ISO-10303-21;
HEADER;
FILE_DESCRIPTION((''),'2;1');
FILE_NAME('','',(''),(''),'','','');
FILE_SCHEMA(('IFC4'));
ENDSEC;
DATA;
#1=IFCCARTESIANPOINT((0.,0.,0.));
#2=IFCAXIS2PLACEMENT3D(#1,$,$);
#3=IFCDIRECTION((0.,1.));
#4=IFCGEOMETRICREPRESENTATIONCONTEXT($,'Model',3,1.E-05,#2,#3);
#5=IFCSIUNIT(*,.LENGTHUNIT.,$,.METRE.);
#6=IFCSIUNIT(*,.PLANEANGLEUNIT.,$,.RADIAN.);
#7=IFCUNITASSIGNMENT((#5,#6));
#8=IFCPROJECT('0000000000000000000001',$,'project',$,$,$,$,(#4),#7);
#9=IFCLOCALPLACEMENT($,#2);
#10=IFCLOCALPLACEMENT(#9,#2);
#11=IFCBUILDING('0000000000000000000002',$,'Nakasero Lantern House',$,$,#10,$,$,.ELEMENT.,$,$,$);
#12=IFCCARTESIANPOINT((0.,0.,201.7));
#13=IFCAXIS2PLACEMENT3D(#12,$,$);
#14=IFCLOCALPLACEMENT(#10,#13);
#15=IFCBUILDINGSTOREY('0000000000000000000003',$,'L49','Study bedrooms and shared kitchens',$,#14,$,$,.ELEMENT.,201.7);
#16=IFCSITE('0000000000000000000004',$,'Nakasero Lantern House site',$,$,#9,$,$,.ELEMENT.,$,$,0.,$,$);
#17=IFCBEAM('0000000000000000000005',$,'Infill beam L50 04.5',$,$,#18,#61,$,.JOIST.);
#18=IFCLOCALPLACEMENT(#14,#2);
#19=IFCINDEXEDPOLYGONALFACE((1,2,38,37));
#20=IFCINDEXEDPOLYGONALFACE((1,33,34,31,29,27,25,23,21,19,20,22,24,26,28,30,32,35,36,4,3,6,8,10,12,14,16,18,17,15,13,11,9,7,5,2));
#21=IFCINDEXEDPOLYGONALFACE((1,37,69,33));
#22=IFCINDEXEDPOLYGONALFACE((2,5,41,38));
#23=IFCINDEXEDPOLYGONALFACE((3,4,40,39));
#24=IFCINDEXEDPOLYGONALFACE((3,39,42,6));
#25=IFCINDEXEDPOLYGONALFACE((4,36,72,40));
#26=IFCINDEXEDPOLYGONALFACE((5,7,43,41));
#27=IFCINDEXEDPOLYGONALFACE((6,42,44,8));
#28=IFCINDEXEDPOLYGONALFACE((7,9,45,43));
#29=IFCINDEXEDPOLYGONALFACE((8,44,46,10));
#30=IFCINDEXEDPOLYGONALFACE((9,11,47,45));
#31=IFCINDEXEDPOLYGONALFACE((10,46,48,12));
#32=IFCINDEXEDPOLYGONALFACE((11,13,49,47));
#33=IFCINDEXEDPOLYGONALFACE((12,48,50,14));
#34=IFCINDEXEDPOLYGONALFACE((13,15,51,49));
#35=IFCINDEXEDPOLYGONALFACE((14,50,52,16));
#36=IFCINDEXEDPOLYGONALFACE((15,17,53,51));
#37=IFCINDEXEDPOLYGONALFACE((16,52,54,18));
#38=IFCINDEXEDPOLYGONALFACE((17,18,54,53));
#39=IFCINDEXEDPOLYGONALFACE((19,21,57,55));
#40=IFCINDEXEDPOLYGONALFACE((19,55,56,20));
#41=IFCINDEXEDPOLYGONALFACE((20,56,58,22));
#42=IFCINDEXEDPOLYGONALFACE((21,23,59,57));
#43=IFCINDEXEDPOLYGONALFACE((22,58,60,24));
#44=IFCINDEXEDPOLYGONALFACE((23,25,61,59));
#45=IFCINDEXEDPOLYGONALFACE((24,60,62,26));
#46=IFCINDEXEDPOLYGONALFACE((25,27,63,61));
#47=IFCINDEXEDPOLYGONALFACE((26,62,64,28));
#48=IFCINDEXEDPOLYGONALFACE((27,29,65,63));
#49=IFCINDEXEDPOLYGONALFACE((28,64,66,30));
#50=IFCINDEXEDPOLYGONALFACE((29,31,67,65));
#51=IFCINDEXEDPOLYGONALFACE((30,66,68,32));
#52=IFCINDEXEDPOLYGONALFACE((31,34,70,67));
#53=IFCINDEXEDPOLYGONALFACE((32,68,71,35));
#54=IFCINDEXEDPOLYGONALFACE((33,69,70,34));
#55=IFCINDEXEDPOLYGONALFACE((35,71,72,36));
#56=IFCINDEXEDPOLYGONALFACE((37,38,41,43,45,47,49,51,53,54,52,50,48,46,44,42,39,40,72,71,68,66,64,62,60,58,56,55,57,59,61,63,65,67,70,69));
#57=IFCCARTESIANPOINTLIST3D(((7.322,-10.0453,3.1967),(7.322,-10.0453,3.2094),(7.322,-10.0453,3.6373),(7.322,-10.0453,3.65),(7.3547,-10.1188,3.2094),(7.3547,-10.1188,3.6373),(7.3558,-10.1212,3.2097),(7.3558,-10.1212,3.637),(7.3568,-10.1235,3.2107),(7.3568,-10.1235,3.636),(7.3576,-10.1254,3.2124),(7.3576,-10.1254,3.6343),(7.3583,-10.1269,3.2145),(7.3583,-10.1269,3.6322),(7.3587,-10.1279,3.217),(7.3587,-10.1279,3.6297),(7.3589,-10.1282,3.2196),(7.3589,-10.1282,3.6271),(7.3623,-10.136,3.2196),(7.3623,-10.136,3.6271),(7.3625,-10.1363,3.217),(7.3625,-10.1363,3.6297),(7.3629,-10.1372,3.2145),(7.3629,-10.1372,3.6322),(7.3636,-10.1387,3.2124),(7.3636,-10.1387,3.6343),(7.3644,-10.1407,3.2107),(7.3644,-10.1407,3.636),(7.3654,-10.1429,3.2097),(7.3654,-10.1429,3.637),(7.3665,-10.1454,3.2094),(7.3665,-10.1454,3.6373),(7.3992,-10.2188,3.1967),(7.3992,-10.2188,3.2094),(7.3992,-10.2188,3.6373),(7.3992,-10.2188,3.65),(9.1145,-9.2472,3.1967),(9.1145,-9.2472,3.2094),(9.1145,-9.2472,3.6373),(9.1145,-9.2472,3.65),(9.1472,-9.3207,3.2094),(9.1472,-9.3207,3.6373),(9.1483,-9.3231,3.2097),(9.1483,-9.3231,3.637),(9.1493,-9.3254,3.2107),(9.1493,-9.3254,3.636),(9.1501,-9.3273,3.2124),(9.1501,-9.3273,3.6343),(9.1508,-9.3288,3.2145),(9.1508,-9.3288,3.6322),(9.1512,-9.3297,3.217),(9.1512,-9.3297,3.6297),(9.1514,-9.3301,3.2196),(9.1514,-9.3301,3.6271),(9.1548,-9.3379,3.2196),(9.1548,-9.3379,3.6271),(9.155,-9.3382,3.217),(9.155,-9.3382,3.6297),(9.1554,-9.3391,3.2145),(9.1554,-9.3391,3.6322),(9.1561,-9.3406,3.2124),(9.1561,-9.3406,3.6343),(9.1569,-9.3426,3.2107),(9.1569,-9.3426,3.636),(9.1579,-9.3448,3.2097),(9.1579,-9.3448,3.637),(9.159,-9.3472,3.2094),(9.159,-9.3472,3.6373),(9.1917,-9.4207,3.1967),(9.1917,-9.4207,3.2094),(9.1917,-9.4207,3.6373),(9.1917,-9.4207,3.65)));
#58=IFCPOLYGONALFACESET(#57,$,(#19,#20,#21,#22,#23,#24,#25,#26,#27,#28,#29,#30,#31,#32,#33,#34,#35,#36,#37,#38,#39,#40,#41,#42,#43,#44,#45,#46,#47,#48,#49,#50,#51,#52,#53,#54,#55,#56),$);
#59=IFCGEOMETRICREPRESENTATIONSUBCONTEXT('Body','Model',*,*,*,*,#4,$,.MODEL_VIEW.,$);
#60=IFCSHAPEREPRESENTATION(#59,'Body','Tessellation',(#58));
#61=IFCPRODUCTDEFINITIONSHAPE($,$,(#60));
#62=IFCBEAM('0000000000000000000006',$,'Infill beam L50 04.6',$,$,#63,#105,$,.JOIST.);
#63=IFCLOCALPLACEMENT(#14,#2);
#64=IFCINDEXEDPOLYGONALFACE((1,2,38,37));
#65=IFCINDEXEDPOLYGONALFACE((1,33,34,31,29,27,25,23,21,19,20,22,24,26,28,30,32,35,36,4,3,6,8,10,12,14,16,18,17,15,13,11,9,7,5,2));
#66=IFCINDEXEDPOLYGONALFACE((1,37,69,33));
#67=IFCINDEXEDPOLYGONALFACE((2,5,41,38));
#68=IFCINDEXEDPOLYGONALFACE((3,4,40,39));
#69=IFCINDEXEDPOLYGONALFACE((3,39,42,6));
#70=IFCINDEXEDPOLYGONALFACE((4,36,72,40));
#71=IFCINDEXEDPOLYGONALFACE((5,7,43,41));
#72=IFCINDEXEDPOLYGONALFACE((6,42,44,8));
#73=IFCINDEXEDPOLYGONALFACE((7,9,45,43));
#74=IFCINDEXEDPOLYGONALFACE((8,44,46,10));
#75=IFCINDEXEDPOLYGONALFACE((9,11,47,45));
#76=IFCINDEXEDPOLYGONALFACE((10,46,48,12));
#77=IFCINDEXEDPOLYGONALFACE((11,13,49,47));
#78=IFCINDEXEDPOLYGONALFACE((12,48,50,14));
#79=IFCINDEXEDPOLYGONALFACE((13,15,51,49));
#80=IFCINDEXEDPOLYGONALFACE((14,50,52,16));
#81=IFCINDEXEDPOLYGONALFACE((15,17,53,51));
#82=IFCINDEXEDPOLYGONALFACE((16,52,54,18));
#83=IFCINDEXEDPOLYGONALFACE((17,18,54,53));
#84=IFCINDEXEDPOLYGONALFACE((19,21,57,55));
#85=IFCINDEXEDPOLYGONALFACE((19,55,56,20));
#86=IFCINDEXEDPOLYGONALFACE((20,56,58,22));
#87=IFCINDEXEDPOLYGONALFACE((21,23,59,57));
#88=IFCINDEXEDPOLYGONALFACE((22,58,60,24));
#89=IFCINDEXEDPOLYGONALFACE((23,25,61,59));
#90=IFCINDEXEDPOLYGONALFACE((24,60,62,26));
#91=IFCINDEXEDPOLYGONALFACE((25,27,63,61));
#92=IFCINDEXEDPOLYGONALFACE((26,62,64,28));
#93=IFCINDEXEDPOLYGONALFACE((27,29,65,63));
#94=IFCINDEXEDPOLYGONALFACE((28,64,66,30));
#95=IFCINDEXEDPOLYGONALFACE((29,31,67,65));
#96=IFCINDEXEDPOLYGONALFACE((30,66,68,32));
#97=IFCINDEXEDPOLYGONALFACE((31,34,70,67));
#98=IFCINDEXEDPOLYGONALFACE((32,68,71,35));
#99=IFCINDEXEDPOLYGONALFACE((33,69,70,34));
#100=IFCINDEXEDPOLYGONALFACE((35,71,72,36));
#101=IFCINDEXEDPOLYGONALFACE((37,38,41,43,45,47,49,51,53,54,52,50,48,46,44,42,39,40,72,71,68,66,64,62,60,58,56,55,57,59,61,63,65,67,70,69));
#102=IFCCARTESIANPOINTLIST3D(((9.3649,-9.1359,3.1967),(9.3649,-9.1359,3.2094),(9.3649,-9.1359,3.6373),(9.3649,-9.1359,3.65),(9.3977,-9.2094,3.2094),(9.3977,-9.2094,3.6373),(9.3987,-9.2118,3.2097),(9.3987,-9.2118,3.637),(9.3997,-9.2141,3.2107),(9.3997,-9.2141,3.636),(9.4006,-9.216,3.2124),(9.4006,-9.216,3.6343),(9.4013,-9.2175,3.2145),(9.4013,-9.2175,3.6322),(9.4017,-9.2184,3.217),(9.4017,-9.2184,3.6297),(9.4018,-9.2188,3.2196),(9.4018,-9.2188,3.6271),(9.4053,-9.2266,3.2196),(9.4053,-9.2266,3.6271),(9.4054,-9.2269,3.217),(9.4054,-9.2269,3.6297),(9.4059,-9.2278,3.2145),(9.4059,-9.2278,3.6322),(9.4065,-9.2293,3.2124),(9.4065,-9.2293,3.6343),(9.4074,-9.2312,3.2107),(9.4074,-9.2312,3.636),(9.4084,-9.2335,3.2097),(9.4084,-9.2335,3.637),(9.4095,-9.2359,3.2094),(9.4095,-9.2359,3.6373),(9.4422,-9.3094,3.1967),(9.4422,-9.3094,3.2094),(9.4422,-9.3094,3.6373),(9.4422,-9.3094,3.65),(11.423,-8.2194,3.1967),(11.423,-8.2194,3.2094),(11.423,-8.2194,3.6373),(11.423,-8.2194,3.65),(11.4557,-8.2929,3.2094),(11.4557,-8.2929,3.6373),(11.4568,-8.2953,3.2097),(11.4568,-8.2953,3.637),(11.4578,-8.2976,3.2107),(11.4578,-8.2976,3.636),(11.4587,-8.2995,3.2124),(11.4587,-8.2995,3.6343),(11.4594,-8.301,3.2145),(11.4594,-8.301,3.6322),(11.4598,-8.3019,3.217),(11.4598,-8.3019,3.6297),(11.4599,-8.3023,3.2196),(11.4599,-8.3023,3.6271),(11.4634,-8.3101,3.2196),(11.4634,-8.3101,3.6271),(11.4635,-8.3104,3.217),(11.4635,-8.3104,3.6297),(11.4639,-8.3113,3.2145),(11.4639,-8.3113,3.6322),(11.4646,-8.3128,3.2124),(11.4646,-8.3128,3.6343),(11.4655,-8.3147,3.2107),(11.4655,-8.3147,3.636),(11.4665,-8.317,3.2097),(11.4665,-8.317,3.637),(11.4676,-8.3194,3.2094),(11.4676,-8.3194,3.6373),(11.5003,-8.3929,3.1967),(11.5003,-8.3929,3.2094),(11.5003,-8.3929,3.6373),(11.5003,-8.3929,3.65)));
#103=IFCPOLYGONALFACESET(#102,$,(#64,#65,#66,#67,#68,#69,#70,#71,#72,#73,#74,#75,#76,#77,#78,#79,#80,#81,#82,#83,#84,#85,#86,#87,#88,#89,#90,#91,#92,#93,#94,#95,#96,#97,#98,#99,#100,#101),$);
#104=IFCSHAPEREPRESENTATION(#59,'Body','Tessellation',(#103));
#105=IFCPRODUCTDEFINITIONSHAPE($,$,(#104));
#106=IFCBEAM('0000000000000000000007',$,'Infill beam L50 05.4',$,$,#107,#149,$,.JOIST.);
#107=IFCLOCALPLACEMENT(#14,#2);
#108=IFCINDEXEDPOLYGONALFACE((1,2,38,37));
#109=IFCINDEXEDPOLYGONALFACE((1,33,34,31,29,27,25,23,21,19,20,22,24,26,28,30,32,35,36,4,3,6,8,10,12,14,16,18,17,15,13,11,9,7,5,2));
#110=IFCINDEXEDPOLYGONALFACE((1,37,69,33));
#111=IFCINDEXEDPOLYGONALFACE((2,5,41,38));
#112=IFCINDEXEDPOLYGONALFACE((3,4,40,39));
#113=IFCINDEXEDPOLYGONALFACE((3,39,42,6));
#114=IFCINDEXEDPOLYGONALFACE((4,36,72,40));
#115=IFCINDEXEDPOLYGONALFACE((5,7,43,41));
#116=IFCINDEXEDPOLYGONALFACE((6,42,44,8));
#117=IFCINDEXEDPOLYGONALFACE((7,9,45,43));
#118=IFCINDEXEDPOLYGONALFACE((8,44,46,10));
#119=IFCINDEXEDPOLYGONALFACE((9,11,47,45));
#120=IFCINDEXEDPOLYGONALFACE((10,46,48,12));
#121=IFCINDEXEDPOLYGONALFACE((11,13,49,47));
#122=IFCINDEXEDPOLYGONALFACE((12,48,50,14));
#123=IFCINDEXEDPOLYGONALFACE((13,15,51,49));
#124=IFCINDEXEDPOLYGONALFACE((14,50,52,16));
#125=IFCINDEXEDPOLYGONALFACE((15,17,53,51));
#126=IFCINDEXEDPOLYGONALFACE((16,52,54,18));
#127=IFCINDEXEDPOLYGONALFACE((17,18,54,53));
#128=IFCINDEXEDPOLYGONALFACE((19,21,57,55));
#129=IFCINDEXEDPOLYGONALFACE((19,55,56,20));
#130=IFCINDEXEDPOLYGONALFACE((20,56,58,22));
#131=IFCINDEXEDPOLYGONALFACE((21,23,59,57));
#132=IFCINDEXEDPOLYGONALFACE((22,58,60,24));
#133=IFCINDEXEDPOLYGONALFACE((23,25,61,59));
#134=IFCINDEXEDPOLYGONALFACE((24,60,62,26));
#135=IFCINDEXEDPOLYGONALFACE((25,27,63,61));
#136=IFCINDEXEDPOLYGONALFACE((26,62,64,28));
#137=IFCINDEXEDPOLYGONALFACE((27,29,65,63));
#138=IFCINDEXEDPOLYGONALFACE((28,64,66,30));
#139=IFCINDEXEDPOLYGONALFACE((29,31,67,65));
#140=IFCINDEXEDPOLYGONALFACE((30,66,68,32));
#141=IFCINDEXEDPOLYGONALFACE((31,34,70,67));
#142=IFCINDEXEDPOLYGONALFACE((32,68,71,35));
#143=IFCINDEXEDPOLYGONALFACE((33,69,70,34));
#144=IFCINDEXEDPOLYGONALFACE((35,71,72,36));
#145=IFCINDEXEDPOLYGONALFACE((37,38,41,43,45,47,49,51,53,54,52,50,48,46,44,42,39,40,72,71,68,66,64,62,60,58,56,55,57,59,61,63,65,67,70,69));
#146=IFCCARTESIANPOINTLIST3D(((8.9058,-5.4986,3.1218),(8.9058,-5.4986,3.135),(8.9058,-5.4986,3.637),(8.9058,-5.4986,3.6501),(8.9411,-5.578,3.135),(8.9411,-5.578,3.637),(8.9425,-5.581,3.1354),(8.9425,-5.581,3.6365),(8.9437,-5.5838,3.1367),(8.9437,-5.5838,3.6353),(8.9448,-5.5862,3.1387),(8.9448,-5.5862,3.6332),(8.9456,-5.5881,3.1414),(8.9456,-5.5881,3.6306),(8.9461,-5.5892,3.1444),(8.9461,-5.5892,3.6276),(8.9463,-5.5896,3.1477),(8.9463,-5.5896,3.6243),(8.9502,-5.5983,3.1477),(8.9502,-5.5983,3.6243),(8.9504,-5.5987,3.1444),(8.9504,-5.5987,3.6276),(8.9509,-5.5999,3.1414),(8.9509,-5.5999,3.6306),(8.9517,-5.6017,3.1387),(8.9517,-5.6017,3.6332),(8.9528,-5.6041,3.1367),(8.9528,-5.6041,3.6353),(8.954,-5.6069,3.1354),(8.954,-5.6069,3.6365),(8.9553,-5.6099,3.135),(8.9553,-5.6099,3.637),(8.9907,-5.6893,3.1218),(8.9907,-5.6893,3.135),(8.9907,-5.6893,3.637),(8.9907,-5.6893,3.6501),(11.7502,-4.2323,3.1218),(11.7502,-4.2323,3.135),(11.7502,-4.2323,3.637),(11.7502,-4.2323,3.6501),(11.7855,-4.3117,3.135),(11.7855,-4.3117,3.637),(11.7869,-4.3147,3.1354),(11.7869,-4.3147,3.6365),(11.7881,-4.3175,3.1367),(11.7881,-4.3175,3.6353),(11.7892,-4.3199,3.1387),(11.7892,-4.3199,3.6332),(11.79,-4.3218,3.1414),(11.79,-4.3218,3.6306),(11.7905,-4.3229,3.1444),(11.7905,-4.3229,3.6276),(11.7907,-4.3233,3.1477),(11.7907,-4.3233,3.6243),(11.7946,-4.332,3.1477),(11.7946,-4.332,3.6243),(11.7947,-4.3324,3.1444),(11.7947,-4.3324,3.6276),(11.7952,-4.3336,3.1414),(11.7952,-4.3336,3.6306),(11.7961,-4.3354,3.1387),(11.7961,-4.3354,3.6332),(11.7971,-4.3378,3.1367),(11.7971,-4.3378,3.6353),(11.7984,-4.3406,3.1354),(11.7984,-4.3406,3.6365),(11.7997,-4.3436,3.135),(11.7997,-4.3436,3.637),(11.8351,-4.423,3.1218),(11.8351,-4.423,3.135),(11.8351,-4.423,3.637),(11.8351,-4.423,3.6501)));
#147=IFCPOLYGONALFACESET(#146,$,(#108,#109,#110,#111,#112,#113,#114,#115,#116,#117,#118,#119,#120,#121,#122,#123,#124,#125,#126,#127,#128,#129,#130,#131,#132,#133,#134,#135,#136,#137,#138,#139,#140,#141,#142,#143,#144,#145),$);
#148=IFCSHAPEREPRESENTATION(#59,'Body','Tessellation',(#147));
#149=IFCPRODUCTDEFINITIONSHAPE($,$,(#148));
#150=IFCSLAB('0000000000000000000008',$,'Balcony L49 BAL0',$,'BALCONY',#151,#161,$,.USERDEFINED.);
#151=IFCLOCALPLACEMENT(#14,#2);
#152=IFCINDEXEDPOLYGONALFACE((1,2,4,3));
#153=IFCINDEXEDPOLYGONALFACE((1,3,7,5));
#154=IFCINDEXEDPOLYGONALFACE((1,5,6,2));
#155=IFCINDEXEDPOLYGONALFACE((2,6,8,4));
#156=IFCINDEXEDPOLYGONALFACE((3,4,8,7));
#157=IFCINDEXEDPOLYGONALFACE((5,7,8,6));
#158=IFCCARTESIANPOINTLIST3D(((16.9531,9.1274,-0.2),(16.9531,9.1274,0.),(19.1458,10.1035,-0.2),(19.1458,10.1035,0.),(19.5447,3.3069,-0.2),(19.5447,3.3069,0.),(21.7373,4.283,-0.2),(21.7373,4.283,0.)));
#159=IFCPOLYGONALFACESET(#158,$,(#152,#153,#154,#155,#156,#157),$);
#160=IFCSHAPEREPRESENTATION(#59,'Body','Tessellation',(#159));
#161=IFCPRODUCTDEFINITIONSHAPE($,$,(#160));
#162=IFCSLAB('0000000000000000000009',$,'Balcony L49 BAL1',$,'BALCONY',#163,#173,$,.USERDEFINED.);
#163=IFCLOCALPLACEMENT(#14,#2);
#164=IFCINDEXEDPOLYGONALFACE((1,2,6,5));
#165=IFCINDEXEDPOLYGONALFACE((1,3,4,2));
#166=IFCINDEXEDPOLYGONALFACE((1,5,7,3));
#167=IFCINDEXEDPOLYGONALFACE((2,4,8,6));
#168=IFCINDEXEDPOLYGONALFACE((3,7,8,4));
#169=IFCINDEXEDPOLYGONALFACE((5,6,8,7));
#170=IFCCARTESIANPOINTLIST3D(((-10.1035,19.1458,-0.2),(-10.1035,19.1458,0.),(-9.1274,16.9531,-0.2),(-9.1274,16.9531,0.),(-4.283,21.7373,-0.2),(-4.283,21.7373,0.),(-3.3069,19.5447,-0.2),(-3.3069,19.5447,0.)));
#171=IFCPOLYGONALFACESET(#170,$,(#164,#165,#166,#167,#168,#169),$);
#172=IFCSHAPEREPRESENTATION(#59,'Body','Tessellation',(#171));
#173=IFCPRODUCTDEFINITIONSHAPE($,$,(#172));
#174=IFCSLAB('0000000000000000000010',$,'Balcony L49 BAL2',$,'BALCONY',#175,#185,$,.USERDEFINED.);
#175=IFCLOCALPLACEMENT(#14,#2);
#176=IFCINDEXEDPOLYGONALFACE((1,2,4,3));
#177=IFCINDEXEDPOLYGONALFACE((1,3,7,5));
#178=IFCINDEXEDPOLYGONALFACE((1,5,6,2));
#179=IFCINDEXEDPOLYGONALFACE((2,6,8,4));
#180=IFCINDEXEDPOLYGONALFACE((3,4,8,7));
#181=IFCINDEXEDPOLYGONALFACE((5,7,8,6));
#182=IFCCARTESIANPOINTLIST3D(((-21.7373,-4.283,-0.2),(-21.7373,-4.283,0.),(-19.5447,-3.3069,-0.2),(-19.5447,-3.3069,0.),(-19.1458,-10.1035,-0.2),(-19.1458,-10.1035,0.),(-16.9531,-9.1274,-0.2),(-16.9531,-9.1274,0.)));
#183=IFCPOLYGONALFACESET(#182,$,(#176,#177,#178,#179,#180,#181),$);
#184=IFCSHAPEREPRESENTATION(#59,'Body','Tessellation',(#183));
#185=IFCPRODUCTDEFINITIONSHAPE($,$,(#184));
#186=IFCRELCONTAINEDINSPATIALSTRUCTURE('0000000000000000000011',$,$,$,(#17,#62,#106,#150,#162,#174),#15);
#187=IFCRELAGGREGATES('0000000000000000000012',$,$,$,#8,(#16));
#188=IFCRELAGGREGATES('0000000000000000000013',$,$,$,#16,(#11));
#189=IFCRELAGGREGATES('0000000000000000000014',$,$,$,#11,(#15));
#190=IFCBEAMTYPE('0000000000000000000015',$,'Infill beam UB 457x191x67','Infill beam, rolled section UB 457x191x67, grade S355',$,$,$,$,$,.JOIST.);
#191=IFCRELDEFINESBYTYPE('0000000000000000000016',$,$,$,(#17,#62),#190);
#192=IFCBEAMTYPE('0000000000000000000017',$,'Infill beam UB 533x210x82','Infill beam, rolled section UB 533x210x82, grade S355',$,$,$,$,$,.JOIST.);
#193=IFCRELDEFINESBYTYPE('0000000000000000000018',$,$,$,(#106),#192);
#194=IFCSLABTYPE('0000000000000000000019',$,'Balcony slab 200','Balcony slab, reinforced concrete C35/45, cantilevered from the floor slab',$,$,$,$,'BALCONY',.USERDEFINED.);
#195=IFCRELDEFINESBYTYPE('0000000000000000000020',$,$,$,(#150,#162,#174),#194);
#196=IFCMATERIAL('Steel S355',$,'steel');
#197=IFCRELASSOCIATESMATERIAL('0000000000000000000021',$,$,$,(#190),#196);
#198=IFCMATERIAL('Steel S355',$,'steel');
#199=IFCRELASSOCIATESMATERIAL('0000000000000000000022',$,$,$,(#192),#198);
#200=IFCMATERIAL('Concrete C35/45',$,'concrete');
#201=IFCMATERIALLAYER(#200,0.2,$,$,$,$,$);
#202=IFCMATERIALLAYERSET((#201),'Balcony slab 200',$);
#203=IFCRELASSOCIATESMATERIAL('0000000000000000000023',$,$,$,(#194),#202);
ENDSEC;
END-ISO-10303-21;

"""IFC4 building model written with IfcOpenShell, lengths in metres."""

from ifc_helpers import new_model, si_unit, direction, frame, origin, origin_2d, place, context, subcontext, project, spatial, polyline, i_section, outline, extrude, material, layer, layer_set, material_profile, profile_set, type_object, element, save


model = new_model("IFC4")

# Units and contexts
model_context = context("Model", 3, precision=1e-05, world=origin(), true_north=direction((0.0, 1.0)))
body_context = subcontext(model_context, "Body", "Model", "MODEL_VIEW")
ifc_project = project(units=[si_unit("LENGTHUNIT", "METRE"), si_unit("PLANEANGLEUNIT", "RADIAN")], contexts=[model_context])

# Site, building, storey
site_placement = place(None, origin())
site = spatial("IfcSite", under=ifc_project, at=site_placement, Name="Nakasero Lantern House site", CompositionType="ELEMENT", RefElevation=0.0)
building_placement = place(site_placement, origin())
building = spatial("IfcBuilding", under=site, at=building_placement, Name="Nakasero Lantern House", CompositionType="ELEMENT")
storey_placement = place(building_placement, frame((0.0, 0.0, 201.7)))
storey = spatial("IfcBuildingStorey", under=building, at=storey_placement, Name="L49", Description="Study bedrooms and shared kitchens", CompositionType="ELEMENT", Elevation=201.7)

# Beams
ifc_material_1 = material(Name="Steel S355", Category="steel")
ifc_material_profile_1 = material_profile(ifc_material_1, i_section(OverallWidth=0.1899, OverallDepth=0.4534, WebThickness=0.0085, FlangeThickness=0.0127, FilletRadius=0.0103, at=origin_2d()), Name="UB 457x191x67")
ifc_profile_set_1 = profile_set([ifc_material_profile_1], Name="Steel S355")
beam_type_1 = type_object("IfcBeamType", Name="Infill beam UB 457x191x67", Description="Infill beam, rolled section UB 457x191x67, grade S355", PredefinedType="JOIST", material=ifc_profile_set_1)
beam_1_placement = place(storey_placement, frame((7.3606, -10.1321, 3.4233), z_axis=(0.913539, 0.40675, 0.0), x_axis=(-0.40675, 0.913539, 0.0)))
element("IfcBeam", 1, at=beam_1_placement, inside=storey, type_object=beam_type_1, Name="Infill beam L50 04.5", PredefinedType="JOIST", context=body_context, shape_type="SweptSolid", body=[
    extrude(i_section(OverallWidth=0.1899, OverallDepth=0.4534, WebThickness=0.0085, FlangeThickness=0.0127, FilletRadius=0.0103, at=origin_2d()), origin(), (0.0, 0.0, 1.0), 1.9622),
])
beam_2_placement = place(storey_placement, frame((9.4036, -9.2227, 3.4233), z_axis=(0.913516, 0.406802, 0.0), x_axis=(-0.406802, 0.913516, 0.0)))
element("IfcBeam", 2, at=beam_2_placement, inside=storey, type_object=beam_type_1, Name="Infill beam L50 04.6", PredefinedType="JOIST", context=body_context, shape_type="SweptSolid", body=[
    extrude(i_section(OverallWidth=0.1899, OverallDepth=0.4534, WebThickness=0.0085, FlangeThickness=0.0127, FilletRadius=0.0103, at=origin_2d()), origin(), (0.0, 0.0, 1.0), 2.2529),
])
ifc_material_2 = material(Name="Steel S355", Category="steel")
ifc_material_profile_2 = material_profile(ifc_material_2, i_section(OverallWidth=0.2087, OverallDepth=0.5283, WebThickness=0.0095, FlangeThickness=0.0132, FilletRadius=0.0127, at=origin_2d()), Name="UB 533x210x82")
ifc_profile_set_2 = profile_set([ifc_material_profile_2], Name="Steel S355")
beam_type_2 = type_object("IfcBeamType", Name="Infill beam UB 533x210x82", Description="Infill beam, rolled section UB 533x210x82, grade S355", PredefinedType="JOIST", material=ifc_profile_set_2)
beam_3_placement = place(storey_placement, frame((8.9482, -5.594, 3.386), z_axis=(0.913556, 0.406713, 0.0), x_axis=(-0.406713, 0.913556, 0.0)))
element("IfcBeam", 3, at=beam_3_placement, inside=storey, type_object=beam_type_2, Name="Infill beam L50 05.4", PredefinedType="JOIST", context=body_context, shape_type="SweptSolid", body=[
    extrude(i_section(OverallWidth=0.2087, OverallDepth=0.5283, WebThickness=0.0095, FlangeThickness=0.0132, FilletRadius=0.0127, at=origin_2d()), origin(), (0.0, 0.0, 1.0), 3.1135),
])

# Slabs
ifc_material_3 = material(Name="Concrete C35/45", Category="concrete")
ifc_layer_1 = layer(ifc_material_3, 0.2)
ifc_layer_set_1 = layer_set([ifc_layer_1], Name="Balcony slab 200")
slab_type_1 = type_object("IfcSlabType", Name="Balcony slab 200", Description="Balcony slab, reinforced concrete C35/45, cantilevered from the floor slab", ElementType="BALCONY", PredefinedType="USERDEFINED", material=ifc_layer_set_1)
slab_1_placement = place(storey_placement, frame((0.0, 0.0, -0.2)))
element("IfcSlab", 4, at=slab_1_placement, inside=storey, type_object=slab_type_1, Name="Balcony L49 BAL0", ObjectType="BALCONY", PredefinedType="USERDEFINED", context=body_context, shape_type="SweptSolid", body=[
    extrude(outline(polyline([(19.5447, 3.3069), (21.7373, 4.283), (19.1458, 10.1035), (16.9531, 9.1274), (19.5447, 3.3069)])), origin(), (0.0, 0.0, 1.0), 0.2),
])
slab_2_placement = place(storey_placement, frame((0.0, 0.0, -0.2)))
element("IfcSlab", 5, at=slab_2_placement, inside=storey, type_object=slab_type_1, Name="Balcony L49 BAL1", ObjectType="BALCONY", PredefinedType="USERDEFINED", context=body_context, shape_type="SweptSolid", body=[
    extrude(outline(polyline([(-3.3069, 19.5447), (-4.283, 21.7373), (-10.1035, 19.1458), (-9.1274, 16.9531), (-3.3069, 19.5447)])), origin(), (0.0, 0.0, 1.0), 0.2),
])
slab_3_placement = place(storey_placement, frame((0.0, 0.0, -0.2)))
element("IfcSlab", 6, at=slab_3_placement, inside=storey, type_object=slab_type_1, Name="Balcony L49 BAL2", ObjectType="BALCONY", PredefinedType="USERDEFINED", context=body_context, shape_type="SweptSolid", body=[
    extrude(outline(polyline([(-19.5447, -3.3069), (-21.7373, -4.283), (-19.1458, -10.1035), (-16.9531, -9.1274), (-19.5447, -3.3069)])), origin(), (0.0, 0.0, 1.0), 0.2),
])

save(model, "model.ifc")
